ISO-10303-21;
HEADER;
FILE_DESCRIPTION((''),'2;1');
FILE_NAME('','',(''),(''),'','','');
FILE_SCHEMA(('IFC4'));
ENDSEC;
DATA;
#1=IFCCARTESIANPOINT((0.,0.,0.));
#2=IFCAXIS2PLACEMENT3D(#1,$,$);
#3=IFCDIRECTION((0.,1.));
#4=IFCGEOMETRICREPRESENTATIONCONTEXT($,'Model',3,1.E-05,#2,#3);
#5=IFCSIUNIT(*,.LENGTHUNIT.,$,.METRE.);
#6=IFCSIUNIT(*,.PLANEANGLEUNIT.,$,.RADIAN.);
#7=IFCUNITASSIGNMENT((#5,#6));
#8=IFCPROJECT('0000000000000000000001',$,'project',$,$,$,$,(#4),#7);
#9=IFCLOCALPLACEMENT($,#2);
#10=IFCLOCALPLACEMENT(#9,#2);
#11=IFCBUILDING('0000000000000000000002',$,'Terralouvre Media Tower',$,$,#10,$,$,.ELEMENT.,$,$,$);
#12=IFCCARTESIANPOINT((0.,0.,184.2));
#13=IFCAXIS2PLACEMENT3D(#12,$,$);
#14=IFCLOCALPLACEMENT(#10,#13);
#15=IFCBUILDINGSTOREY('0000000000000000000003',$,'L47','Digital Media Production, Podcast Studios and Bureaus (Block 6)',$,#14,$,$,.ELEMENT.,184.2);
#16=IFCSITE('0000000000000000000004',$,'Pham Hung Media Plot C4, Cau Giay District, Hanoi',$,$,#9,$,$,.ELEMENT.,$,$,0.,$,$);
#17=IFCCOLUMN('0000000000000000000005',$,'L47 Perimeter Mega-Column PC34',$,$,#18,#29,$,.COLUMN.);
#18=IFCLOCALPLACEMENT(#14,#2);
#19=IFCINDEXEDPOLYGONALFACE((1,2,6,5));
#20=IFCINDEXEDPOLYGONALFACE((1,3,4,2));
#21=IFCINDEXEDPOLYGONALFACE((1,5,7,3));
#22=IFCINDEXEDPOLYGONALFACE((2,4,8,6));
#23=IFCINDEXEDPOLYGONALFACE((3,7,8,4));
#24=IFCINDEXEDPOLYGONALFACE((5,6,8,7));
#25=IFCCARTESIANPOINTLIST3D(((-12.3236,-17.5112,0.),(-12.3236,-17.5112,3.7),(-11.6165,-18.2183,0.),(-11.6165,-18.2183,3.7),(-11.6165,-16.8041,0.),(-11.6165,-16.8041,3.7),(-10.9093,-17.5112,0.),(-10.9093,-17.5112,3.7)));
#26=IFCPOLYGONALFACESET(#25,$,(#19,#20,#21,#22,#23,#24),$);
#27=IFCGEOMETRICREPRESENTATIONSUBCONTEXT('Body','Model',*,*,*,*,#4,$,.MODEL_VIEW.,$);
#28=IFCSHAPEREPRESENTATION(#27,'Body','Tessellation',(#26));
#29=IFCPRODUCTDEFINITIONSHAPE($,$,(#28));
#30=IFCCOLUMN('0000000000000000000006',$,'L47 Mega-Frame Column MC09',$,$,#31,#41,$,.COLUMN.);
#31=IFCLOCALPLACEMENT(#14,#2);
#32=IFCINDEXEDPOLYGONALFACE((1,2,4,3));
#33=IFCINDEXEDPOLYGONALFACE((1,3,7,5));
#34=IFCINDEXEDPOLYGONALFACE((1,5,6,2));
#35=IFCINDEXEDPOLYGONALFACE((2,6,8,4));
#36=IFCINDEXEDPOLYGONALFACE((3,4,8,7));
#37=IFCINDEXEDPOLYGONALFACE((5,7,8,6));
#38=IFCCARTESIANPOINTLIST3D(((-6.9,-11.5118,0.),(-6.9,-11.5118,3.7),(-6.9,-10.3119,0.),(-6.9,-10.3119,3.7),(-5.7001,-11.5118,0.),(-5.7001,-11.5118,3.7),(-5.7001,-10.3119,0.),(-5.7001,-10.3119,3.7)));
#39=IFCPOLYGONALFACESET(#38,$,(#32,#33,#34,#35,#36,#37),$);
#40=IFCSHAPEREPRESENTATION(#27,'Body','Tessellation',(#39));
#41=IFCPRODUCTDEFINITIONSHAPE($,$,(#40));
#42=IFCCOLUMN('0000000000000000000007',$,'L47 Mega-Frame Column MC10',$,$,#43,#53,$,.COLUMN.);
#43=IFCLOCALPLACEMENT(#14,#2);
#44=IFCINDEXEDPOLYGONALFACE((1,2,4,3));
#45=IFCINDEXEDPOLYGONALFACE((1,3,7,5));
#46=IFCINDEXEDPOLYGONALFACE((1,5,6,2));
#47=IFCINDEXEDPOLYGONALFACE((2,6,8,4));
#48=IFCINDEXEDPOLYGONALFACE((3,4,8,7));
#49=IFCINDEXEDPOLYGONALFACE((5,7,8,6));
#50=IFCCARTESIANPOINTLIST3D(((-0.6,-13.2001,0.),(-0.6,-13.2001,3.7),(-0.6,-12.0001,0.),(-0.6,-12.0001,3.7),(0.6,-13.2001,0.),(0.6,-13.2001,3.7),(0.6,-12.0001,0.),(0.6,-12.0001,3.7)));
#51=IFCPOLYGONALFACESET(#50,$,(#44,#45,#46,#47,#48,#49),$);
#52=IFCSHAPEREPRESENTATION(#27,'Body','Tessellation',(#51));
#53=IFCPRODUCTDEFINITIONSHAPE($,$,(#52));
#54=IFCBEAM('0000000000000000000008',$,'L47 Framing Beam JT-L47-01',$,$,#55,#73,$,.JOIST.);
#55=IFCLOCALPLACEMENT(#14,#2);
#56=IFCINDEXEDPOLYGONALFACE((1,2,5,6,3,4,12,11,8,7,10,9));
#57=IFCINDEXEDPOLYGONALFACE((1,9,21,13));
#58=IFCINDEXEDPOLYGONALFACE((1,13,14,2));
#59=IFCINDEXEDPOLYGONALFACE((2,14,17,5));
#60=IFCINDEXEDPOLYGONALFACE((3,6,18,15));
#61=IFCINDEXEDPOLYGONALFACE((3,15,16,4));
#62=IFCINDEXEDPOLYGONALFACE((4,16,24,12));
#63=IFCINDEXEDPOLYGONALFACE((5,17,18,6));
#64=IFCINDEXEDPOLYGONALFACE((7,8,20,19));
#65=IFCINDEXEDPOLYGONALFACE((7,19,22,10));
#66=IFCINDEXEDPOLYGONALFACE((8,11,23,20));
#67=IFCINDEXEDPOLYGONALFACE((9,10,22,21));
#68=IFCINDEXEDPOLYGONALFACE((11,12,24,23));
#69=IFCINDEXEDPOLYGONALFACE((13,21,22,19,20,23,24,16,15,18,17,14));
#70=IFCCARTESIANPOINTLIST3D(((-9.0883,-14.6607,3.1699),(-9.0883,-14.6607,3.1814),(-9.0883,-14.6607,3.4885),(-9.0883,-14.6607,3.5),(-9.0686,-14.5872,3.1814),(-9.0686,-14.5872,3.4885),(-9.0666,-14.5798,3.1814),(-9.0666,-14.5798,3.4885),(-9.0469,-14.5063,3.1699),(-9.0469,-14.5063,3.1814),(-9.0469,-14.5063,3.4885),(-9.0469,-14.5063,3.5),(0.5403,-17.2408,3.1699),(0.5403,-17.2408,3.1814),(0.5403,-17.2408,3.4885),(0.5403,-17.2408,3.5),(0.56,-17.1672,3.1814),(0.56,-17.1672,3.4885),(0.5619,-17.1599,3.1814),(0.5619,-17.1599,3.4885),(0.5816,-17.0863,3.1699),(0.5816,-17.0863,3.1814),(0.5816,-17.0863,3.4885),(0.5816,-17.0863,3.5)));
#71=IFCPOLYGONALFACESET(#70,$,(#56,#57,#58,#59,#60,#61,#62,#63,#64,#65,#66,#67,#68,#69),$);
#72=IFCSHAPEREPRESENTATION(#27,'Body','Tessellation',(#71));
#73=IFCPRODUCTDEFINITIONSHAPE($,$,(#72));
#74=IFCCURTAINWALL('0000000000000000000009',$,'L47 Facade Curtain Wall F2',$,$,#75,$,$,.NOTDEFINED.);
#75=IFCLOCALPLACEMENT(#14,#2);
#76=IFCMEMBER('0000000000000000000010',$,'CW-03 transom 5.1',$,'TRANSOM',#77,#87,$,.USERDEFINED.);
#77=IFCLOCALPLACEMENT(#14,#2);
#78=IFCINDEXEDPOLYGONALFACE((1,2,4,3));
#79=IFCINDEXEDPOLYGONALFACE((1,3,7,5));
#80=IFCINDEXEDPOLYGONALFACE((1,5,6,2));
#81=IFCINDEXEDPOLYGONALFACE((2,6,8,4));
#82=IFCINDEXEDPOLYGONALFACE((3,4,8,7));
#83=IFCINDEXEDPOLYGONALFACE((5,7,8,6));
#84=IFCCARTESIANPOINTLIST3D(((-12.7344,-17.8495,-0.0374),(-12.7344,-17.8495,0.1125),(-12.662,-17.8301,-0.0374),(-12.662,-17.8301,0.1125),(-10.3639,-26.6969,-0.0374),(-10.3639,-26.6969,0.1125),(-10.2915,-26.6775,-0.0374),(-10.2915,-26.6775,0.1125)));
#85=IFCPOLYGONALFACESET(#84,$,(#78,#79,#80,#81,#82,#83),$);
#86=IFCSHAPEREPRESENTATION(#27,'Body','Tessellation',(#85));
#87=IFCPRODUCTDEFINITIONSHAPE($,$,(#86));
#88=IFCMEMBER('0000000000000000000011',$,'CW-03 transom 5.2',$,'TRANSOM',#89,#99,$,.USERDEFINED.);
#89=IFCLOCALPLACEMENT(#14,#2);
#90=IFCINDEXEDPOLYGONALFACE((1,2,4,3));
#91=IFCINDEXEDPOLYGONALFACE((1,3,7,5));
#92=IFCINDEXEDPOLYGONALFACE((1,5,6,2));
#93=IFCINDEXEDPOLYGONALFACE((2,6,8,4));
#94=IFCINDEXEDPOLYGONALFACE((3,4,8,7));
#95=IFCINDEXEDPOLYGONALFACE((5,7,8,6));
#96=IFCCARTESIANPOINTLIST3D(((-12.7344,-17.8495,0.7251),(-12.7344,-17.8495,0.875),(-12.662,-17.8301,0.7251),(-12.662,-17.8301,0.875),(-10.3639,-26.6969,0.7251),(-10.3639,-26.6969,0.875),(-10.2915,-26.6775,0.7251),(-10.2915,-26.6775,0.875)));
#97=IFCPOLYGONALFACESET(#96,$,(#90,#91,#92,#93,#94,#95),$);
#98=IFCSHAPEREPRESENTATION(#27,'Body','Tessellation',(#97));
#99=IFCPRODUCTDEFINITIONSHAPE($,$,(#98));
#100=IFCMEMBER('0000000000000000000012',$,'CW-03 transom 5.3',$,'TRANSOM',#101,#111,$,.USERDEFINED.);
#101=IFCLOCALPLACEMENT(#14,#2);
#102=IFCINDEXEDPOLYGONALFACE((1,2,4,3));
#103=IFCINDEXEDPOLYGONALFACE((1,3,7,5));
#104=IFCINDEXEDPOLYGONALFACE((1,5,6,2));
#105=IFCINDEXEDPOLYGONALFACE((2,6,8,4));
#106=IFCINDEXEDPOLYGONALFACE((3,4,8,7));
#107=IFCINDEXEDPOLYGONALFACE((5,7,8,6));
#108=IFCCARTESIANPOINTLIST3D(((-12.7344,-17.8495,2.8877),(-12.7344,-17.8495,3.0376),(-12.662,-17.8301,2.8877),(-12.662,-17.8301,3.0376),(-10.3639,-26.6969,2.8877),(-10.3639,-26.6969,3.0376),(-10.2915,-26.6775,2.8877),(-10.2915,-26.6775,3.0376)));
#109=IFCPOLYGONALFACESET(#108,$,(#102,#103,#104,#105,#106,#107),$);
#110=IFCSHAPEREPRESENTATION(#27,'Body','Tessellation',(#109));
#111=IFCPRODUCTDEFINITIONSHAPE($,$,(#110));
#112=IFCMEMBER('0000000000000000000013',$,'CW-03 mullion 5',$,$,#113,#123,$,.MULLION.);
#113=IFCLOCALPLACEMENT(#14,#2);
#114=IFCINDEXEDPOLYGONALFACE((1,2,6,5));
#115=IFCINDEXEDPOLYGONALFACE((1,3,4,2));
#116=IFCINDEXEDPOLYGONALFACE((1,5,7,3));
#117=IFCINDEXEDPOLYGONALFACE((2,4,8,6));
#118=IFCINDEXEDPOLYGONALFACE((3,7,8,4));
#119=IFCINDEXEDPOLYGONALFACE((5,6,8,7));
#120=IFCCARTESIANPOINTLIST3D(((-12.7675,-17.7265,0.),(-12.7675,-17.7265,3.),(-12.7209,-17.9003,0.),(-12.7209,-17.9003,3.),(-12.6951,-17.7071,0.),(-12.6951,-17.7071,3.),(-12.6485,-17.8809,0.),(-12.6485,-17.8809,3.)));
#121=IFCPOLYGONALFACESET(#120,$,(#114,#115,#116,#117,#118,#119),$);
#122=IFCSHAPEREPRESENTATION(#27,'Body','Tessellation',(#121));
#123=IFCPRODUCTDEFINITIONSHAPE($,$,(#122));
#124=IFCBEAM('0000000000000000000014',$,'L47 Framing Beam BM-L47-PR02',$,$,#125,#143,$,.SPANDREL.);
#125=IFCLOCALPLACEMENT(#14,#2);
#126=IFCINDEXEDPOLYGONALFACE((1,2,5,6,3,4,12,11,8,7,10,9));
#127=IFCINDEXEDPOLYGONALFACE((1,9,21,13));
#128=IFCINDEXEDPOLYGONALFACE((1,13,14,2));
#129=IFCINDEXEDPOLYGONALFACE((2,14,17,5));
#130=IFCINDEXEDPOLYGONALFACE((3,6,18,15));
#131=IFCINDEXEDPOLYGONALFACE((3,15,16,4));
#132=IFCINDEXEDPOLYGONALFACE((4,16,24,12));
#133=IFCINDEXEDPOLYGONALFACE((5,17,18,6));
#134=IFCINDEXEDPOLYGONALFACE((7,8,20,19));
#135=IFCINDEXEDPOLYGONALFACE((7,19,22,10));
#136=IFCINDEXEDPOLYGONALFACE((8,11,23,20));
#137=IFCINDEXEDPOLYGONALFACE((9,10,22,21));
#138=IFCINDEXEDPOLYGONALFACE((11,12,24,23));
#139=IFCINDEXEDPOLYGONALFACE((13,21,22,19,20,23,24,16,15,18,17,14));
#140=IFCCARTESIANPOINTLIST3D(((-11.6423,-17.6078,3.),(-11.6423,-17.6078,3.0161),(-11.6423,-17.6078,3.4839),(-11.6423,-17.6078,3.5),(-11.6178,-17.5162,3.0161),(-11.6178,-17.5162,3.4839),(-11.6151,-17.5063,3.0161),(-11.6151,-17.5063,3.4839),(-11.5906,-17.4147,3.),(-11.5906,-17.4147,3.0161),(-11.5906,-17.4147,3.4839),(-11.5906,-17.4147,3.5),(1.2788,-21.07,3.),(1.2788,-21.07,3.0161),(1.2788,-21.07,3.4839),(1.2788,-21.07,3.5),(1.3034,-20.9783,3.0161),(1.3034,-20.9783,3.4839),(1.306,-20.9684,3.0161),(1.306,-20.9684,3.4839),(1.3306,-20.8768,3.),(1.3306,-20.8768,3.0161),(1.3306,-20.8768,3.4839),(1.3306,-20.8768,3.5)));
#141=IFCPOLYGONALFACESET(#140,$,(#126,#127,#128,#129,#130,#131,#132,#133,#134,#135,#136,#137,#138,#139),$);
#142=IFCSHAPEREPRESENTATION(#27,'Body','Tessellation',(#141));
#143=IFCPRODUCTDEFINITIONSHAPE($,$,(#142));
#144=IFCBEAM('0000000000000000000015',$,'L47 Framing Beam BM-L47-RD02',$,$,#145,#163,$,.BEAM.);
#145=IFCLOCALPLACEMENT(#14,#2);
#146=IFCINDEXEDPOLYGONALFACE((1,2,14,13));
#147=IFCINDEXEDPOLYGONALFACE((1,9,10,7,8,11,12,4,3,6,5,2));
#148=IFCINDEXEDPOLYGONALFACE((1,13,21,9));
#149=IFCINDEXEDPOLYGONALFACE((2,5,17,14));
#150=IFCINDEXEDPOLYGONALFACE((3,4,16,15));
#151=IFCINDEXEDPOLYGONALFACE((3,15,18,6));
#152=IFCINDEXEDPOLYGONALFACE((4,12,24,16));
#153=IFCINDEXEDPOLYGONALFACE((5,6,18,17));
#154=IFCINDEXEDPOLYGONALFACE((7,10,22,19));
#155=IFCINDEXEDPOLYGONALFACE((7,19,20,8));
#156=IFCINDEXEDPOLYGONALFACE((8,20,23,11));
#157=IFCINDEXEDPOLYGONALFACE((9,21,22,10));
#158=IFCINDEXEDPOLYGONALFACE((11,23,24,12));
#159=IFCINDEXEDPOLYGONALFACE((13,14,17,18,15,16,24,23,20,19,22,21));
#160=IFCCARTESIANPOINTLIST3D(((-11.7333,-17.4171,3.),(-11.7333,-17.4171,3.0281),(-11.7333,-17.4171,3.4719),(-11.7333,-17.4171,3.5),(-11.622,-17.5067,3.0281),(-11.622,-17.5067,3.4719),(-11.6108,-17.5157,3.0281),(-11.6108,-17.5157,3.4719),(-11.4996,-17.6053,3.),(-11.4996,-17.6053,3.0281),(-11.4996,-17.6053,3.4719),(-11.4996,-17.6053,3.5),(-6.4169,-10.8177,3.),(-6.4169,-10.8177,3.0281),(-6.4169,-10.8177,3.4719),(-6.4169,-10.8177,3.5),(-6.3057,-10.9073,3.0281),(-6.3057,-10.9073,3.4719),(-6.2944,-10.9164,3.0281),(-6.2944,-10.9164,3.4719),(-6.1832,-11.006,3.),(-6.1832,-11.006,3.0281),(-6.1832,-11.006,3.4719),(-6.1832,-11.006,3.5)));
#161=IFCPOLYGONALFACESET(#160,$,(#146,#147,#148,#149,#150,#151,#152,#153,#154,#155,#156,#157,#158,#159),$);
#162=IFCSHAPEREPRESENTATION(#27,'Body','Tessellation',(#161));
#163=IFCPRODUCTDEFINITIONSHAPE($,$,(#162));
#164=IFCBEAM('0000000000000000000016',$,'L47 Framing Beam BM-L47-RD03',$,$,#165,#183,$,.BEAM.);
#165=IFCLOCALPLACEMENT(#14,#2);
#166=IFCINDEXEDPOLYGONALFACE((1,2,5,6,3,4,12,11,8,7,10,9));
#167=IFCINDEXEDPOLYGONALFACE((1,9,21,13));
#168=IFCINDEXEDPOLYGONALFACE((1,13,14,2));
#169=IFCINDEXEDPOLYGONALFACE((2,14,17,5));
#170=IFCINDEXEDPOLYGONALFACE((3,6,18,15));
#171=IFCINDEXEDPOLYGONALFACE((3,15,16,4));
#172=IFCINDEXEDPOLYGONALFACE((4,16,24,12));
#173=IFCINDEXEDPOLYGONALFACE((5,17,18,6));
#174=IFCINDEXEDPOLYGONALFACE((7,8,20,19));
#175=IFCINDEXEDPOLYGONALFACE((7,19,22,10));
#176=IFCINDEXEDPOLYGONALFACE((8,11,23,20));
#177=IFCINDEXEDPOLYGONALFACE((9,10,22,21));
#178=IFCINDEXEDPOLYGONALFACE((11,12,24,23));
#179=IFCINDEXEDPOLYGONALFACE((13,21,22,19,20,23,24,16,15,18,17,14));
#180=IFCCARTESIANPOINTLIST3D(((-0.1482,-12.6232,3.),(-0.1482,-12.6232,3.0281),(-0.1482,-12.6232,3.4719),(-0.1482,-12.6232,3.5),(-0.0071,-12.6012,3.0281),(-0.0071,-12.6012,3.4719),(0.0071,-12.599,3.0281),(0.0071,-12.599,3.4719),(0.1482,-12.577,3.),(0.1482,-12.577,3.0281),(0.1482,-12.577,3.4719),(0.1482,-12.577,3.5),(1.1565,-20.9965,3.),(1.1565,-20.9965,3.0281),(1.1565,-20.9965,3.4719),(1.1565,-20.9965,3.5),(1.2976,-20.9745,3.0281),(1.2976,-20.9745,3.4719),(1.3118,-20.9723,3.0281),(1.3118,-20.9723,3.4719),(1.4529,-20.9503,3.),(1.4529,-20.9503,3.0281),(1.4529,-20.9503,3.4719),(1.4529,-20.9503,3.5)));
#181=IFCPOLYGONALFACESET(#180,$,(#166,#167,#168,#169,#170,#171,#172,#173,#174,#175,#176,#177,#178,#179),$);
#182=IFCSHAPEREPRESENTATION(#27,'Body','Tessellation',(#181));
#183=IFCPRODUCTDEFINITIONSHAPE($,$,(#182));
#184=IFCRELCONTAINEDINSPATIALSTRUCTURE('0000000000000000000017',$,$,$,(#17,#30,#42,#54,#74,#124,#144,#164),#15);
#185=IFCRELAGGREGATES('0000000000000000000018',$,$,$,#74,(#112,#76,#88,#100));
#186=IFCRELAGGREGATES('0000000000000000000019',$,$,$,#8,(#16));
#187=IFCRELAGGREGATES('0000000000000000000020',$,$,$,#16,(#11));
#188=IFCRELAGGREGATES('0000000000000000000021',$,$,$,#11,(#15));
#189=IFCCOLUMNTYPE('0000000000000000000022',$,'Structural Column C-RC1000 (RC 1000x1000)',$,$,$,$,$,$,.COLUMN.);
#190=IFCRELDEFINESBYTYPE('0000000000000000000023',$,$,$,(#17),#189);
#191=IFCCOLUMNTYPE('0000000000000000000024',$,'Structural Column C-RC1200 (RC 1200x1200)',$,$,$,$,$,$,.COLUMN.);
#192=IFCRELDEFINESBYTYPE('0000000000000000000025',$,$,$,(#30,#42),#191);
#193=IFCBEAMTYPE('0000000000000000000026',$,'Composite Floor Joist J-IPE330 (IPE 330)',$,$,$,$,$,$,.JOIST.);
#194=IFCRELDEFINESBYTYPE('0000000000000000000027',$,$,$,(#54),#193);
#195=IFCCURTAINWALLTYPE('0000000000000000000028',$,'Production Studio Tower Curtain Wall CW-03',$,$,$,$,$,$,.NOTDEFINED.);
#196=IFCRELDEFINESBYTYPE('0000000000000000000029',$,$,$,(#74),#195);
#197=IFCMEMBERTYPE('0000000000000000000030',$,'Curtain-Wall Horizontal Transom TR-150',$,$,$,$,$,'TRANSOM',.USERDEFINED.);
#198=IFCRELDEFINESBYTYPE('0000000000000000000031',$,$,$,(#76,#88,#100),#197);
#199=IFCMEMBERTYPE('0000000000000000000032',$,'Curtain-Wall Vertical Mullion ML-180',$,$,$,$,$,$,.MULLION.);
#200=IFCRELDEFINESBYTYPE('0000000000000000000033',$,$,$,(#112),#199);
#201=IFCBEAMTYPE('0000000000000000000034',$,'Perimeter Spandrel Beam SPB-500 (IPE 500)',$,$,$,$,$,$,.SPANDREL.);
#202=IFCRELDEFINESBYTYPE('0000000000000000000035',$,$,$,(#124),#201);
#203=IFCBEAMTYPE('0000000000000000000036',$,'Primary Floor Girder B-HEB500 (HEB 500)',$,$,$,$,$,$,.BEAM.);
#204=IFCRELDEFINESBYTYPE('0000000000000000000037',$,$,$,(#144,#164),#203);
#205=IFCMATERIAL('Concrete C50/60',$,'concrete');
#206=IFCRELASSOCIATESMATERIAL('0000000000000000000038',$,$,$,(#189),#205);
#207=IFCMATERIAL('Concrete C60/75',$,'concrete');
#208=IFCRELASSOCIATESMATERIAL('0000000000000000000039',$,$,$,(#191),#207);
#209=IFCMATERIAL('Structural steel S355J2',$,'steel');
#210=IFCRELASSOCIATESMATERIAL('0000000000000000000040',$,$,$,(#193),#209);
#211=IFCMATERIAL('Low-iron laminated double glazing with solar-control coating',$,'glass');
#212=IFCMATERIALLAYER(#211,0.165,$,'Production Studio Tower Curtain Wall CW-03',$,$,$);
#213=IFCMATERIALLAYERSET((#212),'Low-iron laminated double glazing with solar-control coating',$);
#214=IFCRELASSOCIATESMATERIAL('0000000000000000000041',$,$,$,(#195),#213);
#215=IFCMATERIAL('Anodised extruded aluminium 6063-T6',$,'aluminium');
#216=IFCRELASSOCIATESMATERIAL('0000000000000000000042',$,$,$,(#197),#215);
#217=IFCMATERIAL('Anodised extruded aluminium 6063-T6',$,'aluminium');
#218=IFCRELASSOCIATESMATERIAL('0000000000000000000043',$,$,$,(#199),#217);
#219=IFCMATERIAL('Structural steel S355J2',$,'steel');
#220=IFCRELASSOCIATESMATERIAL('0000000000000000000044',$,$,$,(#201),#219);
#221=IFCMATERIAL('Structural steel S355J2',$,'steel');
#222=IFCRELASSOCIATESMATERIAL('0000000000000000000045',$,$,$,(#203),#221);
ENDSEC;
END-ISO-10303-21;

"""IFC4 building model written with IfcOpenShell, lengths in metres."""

from ifc_helpers import new_model, si_unit, direction, frame, origin, origin_2d, place, context, subcontext, project, spatial, rectangle, i_section, extrude, material, layer, layer_set, material_profile, profile_set, type_object, element, aggregate, save


model = new_model("IFC4")

# Units and contexts
model_context = context("Model", 3, precision=1e-05, world=origin(), true_north=direction((0.0, 1.0)))
body_context = subcontext(model_context, "Body", "Model", "MODEL_VIEW")
ifc_project = project(units=[si_unit("LENGTHUNIT", "METRE"), si_unit("PLANEANGLEUNIT", "RADIAN")], contexts=[model_context])

# Site, building, storey
site_placement = place(None, origin())
site = spatial("IfcSite", under=ifc_project, at=site_placement, Name="Pham Hung Media Plot C4, Cau Giay District, Hanoi", CompositionType="ELEMENT", RefElevation=0.0)
building_placement = place(site_placement, origin())
building = spatial("IfcBuilding", under=site, at=building_placement, Name="Terralouvre Media Tower", CompositionType="ELEMENT")
storey_placement = place(building_placement, frame((0.0, 0.0, 184.2)))
storey = spatial("IfcBuildingStorey", under=building, at=storey_placement, Name="L47", Description="Digital Media Production, Podcast Studios and Bureaus (Block 6)", CompositionType="ELEMENT", Elevation=184.2)

# Columns
ifc_material_1 = material(Name="Concrete C50/60", Category="concrete")
ifc_material_profile_1 = material_profile(ifc_material_1, rectangle(XDim=1.0, YDim=1.0, at=origin_2d()), Name="RC 1000x1000")
ifc_profile_set_1 = profile_set([ifc_material_profile_1], Name="Concrete C50/60")
column_type_1 = type_object("IfcColumnType", Name="Structural Column C-RC1000 (RC 1000x1000)", PredefinedType="COLUMN", material=ifc_profile_set_1)
column_placement = place(storey_placement, frame((-11.6165, -17.5112, 0.0), z_axis=(0.0, 0.0, 1.0), x_axis=(0.707107, 0.707107, 0.0)))
element("IfcColumn", 1, at=column_placement, inside=storey, type_object=column_type_1, Name="L47 Perimeter Mega-Column PC34", PredefinedType="COLUMN", context=body_context, shape_type="SweptSolid", body=[
    extrude(rectangle(XDim=1.0, YDim=1.0, at=origin_2d()), origin(), (0.0, 0.0, 1.0), 3.7),
])
ifc_material_2 = material(Name="Concrete C60/75", Category="concrete")
ifc_material_profile_2 = material_profile(ifc_material_2, rectangle(XDim=1.2, YDim=1.2, at=origin_2d()), Name="RC 1200x1200")
ifc_profile_set_2 = profile_set([ifc_material_profile_2], Name="Concrete C60/75")
column_type_2 = type_object("IfcColumnType", Name="Structural Column C-RC1200 (RC 1200x1200)", PredefinedType="COLUMN", material=ifc_profile_set_2)
for number, where, z_axis, x_axis, name in (
    (2, (-6.3, -10.9119, 0.0), (0.0, 0.0, 1.0), (1.0, 0.0, 0.0), "L47 Mega-Frame Column MC09"),
    (3, (0.0, -12.6001, 0.0), (0.0, 0.0, 1.0), (1.0, 0.0, 0.0), "L47 Mega-Frame Column MC10"),
):
    element("IfcColumn", number, at=place(storey_placement, frame(where, z_axis=z_axis, x_axis=x_axis)), inside=storey, type_object=column_type_2, Name=name, PredefinedType="COLUMN", context=body_context, shape_type="SweptSolid", body=[
        extrude(rectangle(XDim=1.2, YDim=1.2, at=origin_2d()), origin(), (0.0, 0.0, 1.0), 3.7),
    ])

# Beam
ifc_material_3 = material(Name="Structural steel S355J2", Category="steel")
ifc_material_profile_3 = material_profile(ifc_material_3, i_section(OverallWidth=0.1599, OverallDepth=0.3301, WebThickness=0.0076, FlangeThickness=0.0115, at=origin_2d()), Name="IPE 330")
ifc_profile_set_3 = profile_set([ifc_material_profile_3], Name="Structural steel S355J2")
beam_type_1 = type_object("IfcBeamType", Name="Composite Floor Joist J-IPE330 (IPE 330)", PredefinedType="JOIST", material=ifc_profile_set_3)
beam_1_placement = place(storey_placement, frame((-9.0676, -14.5835, 3.335), z_axis=(0.965924, -0.258827, 0.0), x_axis=(0.258827, 0.965924, 0.0)))
element("IfcBeam", 4, at=beam_1_placement, inside=storey, type_object=beam_type_1, Name="L47 Framing Beam JT-L47-01", PredefinedType="JOIST", context=body_context, shape_type="SweptSolid", body=[
    extrude(i_section(OverallWidth=0.1599, OverallDepth=0.3301, WebThickness=0.0076, FlangeThickness=0.0115, at=origin_2d()), origin(), (0.0, 0.0, 1.0), 9.9683),
])

# Curtain wall, members
ifc_material_4 = material(Name="Low-iron laminated double glazing with solar-control coating", Category="glass")
ifc_layer_1 = layer(ifc_material_4, 0.165, Name="Production Studio Tower Curtain Wall CW-03")
ifc_layer_set_1 = layer_set([ifc_layer_1], Name="Low-iron laminated double glazing with solar-control coating")
curtain_wall_type = type_object("IfcCurtainWallType", Name="Production Studio Tower Curtain Wall CW-03", PredefinedType="NOTDEFINED", material=ifc_layer_set_1)
curtain_wall_placement = place(storey_placement, origin())
curtain_wall = element("IfcCurtainWall", 5, at=curtain_wall_placement, inside=storey, type_object=curtain_wall_type, Name="L47 Facade Curtain Wall F2", PredefinedType="NOTDEFINED")
ifc_material_5 = material(Name="Anodised extruded aluminium 6063-T6", Category="aluminium")
ifc_material_profile_4 = material_profile(ifc_material_5, rectangle(XDim=0.075, YDim=0.1499, at=origin_2d()), Name="ALU 75x150")
ifc_profile_set_4 = profile_set([ifc_material_profile_4], Name="Anodised extruded aluminium 6063-T6")
member_type_1 = type_object("IfcMemberType", Name="Curtain-Wall Horizontal Transom TR-150", ElementType="TRANSOM", PredefinedType="USERDEFINED", material=ifc_profile_set_4)
member_1_placement = place(storey_placement, frame((-12.6982, -17.8398, 0.0376), z_axis=(0.258814, -0.965927, 0.0), x_axis=(0.965927, 0.258814, 0.0)))
member_1 = element("IfcMember", 6, at=member_1_placement, type_object=member_type_1, Name="CW-03 transom 5.1", ObjectType="TRANSOM", PredefinedType="USERDEFINED", context=body_context, shape_type="SweptSolid", body=[
    extrude(rectangle(XDim=0.075, YDim=0.1499, at=origin_2d()), origin(), (0.0, 0.0, 1.0), 9.1594),
])
member_2_placement = place(storey_placement, frame((-12.6982, -17.8398, 0.8), z_axis=(0.258814, -0.965927, 0.0), x_axis=(0.965927, 0.258814, 0.0)))
member_2 = element("IfcMember", 7, at=member_2_placement, type_object=member_type_1, Name="CW-03 transom 5.2", ObjectType="TRANSOM", PredefinedType="USERDEFINED", context=body_context, shape_type="SweptSolid", body=[
    extrude(rectangle(XDim=0.075, YDim=0.1499, at=origin_2d()), origin(), (0.0, 0.0, 1.0), 9.1594),
])
member_3_placement = place(storey_placement, frame((-12.6982, -17.8398, 2.9626), z_axis=(0.258814, -0.965927, 0.0), x_axis=(0.965927, 0.258814, 0.0)))
member_3 = element("IfcMember", 8, at=member_3_placement, type_object=member_type_1, Name="CW-03 transom 5.3", ObjectType="TRANSOM", PredefinedType="USERDEFINED", context=body_context, shape_type="SweptSolid", body=[
    extrude(rectangle(XDim=0.075, YDim=0.1499, at=origin_2d()), origin(), (0.0, 0.0, 1.0), 9.1594),
])
ifc_material_6 = material(Name="Anodised extruded aluminium 6063-T6", Category="aluminium")
ifc_material_profile_5 = material_profile(ifc_material_6, rectangle(XDim=0.075, YDim=0.1799, at=origin_2d()), Name="ALU 75x180")
ifc_profile_set_5 = profile_set([ifc_material_profile_5], Name="Anodised extruded aluminium 6063-T6")
member_type_2 = type_object("IfcMemberType", Name="Curtain-Wall Vertical Mullion ML-180", PredefinedType="MULLION", material=ifc_profile_set_5)
member_4_placement = place(storey_placement, frame((-12.708, -17.8037, 0.0), z_axis=(0.0, 0.0, 1.0), x_axis=(0.965926, 0.258819, 0.0)))
member_4 = element("IfcMember", 9, at=member_4_placement, type_object=member_type_2, Name="CW-03 mullion 5", PredefinedType="MULLION", context=body_context, shape_type="SweptSolid", body=[
    extrude(rectangle(XDim=0.075, YDim=0.1799, at=origin_2d()), origin(), (0.0, 0.0, 1.0), 3.0),
])

# Beams
ifc_material_7 = material(Name="Structural steel S355J2", Category="steel")
ifc_material_profile_6 = material_profile(ifc_material_7, i_section(OverallWidth=0.2, OverallDepth=0.5, WebThickness=0.0103, FlangeThickness=0.0161, at=origin_2d()), Name="IPE 500")
ifc_profile_set_6 = profile_set([ifc_material_profile_6], Name="Structural steel S355J2")
beam_type_2 = type_object("IfcBeamType", Name="Perimeter Spandrel Beam SPB-500 (IPE 500)", PredefinedType="SPANDREL", material=ifc_profile_set_6)
beam_2_placement = place(storey_placement, frame((-11.6165, -17.5112, 3.25), z_axis=(0.965927, -0.258815, 0.0), x_axis=(0.258815, 0.965927, 0.0)))
element("IfcBeam", 10, at=beam_2_placement, inside=storey, type_object=beam_type_2, Name="L47 Framing Beam BM-L47-PR02", PredefinedType="SPANDREL", context=body_context, shape_type="SweptSolid", body=[
    extrude(i_section(OverallWidth=0.2, OverallDepth=0.5, WebThickness=0.0103, FlangeThickness=0.0161, at=origin_2d()), origin(), (0.0, 0.0, 1.0), 13.377),
])
ifc_material_8 = material(Name="Structural steel S355J2", Category="steel")
ifc_material_profile_7 = material_profile(ifc_material_8, i_section(OverallWidth=0.3, OverallDepth=0.5, WebThickness=0.0144, FlangeThickness=0.0281, at=origin_2d()), Name="HEB 500")
ifc_profile_set_7 = profile_set([ifc_material_profile_7], Name="Structural steel S355J2")
beam_type_3 = type_object("IfcBeamType", Name="Primary Floor Girder B-HEB500 (HEB 500)", PredefinedType="BEAM", material=ifc_profile_set_7)
for number, where, z_axis, x_axis, name in (
    (11, (-6.3, -10.9119, 3.25), (-0.627347, -0.778739, 0.0), (0.778739, -0.627347, 0.0), "L47 Framing Beam BM-L47-RD02"),
    (12, (0.0, -12.6001, 3.25), (0.153958, -0.988077, 0.0), (0.988077, 0.153958, 0.0), "L47 Framing Beam BM-L47-RD03"),
):
    element("IfcBeam", number, at=place(storey_placement, frame(where, z_axis=z_axis, x_axis=x_axis)), inside=storey, type_object=beam_type_3, Name=name, PredefinedType="BEAM", context=body_context, shape_type="SweptSolid", body=[
        extrude(i_section(OverallWidth=0.3, OverallDepth=0.5, WebThickness=0.0144, FlangeThickness=0.0281, at=origin_2d()), origin(), (0.0, 0.0, 1.0), 8.4744),
    ])

aggregate(curtain_wall, [member_4, member_1, member_2, member_3])

save(model, "model.ifc")
